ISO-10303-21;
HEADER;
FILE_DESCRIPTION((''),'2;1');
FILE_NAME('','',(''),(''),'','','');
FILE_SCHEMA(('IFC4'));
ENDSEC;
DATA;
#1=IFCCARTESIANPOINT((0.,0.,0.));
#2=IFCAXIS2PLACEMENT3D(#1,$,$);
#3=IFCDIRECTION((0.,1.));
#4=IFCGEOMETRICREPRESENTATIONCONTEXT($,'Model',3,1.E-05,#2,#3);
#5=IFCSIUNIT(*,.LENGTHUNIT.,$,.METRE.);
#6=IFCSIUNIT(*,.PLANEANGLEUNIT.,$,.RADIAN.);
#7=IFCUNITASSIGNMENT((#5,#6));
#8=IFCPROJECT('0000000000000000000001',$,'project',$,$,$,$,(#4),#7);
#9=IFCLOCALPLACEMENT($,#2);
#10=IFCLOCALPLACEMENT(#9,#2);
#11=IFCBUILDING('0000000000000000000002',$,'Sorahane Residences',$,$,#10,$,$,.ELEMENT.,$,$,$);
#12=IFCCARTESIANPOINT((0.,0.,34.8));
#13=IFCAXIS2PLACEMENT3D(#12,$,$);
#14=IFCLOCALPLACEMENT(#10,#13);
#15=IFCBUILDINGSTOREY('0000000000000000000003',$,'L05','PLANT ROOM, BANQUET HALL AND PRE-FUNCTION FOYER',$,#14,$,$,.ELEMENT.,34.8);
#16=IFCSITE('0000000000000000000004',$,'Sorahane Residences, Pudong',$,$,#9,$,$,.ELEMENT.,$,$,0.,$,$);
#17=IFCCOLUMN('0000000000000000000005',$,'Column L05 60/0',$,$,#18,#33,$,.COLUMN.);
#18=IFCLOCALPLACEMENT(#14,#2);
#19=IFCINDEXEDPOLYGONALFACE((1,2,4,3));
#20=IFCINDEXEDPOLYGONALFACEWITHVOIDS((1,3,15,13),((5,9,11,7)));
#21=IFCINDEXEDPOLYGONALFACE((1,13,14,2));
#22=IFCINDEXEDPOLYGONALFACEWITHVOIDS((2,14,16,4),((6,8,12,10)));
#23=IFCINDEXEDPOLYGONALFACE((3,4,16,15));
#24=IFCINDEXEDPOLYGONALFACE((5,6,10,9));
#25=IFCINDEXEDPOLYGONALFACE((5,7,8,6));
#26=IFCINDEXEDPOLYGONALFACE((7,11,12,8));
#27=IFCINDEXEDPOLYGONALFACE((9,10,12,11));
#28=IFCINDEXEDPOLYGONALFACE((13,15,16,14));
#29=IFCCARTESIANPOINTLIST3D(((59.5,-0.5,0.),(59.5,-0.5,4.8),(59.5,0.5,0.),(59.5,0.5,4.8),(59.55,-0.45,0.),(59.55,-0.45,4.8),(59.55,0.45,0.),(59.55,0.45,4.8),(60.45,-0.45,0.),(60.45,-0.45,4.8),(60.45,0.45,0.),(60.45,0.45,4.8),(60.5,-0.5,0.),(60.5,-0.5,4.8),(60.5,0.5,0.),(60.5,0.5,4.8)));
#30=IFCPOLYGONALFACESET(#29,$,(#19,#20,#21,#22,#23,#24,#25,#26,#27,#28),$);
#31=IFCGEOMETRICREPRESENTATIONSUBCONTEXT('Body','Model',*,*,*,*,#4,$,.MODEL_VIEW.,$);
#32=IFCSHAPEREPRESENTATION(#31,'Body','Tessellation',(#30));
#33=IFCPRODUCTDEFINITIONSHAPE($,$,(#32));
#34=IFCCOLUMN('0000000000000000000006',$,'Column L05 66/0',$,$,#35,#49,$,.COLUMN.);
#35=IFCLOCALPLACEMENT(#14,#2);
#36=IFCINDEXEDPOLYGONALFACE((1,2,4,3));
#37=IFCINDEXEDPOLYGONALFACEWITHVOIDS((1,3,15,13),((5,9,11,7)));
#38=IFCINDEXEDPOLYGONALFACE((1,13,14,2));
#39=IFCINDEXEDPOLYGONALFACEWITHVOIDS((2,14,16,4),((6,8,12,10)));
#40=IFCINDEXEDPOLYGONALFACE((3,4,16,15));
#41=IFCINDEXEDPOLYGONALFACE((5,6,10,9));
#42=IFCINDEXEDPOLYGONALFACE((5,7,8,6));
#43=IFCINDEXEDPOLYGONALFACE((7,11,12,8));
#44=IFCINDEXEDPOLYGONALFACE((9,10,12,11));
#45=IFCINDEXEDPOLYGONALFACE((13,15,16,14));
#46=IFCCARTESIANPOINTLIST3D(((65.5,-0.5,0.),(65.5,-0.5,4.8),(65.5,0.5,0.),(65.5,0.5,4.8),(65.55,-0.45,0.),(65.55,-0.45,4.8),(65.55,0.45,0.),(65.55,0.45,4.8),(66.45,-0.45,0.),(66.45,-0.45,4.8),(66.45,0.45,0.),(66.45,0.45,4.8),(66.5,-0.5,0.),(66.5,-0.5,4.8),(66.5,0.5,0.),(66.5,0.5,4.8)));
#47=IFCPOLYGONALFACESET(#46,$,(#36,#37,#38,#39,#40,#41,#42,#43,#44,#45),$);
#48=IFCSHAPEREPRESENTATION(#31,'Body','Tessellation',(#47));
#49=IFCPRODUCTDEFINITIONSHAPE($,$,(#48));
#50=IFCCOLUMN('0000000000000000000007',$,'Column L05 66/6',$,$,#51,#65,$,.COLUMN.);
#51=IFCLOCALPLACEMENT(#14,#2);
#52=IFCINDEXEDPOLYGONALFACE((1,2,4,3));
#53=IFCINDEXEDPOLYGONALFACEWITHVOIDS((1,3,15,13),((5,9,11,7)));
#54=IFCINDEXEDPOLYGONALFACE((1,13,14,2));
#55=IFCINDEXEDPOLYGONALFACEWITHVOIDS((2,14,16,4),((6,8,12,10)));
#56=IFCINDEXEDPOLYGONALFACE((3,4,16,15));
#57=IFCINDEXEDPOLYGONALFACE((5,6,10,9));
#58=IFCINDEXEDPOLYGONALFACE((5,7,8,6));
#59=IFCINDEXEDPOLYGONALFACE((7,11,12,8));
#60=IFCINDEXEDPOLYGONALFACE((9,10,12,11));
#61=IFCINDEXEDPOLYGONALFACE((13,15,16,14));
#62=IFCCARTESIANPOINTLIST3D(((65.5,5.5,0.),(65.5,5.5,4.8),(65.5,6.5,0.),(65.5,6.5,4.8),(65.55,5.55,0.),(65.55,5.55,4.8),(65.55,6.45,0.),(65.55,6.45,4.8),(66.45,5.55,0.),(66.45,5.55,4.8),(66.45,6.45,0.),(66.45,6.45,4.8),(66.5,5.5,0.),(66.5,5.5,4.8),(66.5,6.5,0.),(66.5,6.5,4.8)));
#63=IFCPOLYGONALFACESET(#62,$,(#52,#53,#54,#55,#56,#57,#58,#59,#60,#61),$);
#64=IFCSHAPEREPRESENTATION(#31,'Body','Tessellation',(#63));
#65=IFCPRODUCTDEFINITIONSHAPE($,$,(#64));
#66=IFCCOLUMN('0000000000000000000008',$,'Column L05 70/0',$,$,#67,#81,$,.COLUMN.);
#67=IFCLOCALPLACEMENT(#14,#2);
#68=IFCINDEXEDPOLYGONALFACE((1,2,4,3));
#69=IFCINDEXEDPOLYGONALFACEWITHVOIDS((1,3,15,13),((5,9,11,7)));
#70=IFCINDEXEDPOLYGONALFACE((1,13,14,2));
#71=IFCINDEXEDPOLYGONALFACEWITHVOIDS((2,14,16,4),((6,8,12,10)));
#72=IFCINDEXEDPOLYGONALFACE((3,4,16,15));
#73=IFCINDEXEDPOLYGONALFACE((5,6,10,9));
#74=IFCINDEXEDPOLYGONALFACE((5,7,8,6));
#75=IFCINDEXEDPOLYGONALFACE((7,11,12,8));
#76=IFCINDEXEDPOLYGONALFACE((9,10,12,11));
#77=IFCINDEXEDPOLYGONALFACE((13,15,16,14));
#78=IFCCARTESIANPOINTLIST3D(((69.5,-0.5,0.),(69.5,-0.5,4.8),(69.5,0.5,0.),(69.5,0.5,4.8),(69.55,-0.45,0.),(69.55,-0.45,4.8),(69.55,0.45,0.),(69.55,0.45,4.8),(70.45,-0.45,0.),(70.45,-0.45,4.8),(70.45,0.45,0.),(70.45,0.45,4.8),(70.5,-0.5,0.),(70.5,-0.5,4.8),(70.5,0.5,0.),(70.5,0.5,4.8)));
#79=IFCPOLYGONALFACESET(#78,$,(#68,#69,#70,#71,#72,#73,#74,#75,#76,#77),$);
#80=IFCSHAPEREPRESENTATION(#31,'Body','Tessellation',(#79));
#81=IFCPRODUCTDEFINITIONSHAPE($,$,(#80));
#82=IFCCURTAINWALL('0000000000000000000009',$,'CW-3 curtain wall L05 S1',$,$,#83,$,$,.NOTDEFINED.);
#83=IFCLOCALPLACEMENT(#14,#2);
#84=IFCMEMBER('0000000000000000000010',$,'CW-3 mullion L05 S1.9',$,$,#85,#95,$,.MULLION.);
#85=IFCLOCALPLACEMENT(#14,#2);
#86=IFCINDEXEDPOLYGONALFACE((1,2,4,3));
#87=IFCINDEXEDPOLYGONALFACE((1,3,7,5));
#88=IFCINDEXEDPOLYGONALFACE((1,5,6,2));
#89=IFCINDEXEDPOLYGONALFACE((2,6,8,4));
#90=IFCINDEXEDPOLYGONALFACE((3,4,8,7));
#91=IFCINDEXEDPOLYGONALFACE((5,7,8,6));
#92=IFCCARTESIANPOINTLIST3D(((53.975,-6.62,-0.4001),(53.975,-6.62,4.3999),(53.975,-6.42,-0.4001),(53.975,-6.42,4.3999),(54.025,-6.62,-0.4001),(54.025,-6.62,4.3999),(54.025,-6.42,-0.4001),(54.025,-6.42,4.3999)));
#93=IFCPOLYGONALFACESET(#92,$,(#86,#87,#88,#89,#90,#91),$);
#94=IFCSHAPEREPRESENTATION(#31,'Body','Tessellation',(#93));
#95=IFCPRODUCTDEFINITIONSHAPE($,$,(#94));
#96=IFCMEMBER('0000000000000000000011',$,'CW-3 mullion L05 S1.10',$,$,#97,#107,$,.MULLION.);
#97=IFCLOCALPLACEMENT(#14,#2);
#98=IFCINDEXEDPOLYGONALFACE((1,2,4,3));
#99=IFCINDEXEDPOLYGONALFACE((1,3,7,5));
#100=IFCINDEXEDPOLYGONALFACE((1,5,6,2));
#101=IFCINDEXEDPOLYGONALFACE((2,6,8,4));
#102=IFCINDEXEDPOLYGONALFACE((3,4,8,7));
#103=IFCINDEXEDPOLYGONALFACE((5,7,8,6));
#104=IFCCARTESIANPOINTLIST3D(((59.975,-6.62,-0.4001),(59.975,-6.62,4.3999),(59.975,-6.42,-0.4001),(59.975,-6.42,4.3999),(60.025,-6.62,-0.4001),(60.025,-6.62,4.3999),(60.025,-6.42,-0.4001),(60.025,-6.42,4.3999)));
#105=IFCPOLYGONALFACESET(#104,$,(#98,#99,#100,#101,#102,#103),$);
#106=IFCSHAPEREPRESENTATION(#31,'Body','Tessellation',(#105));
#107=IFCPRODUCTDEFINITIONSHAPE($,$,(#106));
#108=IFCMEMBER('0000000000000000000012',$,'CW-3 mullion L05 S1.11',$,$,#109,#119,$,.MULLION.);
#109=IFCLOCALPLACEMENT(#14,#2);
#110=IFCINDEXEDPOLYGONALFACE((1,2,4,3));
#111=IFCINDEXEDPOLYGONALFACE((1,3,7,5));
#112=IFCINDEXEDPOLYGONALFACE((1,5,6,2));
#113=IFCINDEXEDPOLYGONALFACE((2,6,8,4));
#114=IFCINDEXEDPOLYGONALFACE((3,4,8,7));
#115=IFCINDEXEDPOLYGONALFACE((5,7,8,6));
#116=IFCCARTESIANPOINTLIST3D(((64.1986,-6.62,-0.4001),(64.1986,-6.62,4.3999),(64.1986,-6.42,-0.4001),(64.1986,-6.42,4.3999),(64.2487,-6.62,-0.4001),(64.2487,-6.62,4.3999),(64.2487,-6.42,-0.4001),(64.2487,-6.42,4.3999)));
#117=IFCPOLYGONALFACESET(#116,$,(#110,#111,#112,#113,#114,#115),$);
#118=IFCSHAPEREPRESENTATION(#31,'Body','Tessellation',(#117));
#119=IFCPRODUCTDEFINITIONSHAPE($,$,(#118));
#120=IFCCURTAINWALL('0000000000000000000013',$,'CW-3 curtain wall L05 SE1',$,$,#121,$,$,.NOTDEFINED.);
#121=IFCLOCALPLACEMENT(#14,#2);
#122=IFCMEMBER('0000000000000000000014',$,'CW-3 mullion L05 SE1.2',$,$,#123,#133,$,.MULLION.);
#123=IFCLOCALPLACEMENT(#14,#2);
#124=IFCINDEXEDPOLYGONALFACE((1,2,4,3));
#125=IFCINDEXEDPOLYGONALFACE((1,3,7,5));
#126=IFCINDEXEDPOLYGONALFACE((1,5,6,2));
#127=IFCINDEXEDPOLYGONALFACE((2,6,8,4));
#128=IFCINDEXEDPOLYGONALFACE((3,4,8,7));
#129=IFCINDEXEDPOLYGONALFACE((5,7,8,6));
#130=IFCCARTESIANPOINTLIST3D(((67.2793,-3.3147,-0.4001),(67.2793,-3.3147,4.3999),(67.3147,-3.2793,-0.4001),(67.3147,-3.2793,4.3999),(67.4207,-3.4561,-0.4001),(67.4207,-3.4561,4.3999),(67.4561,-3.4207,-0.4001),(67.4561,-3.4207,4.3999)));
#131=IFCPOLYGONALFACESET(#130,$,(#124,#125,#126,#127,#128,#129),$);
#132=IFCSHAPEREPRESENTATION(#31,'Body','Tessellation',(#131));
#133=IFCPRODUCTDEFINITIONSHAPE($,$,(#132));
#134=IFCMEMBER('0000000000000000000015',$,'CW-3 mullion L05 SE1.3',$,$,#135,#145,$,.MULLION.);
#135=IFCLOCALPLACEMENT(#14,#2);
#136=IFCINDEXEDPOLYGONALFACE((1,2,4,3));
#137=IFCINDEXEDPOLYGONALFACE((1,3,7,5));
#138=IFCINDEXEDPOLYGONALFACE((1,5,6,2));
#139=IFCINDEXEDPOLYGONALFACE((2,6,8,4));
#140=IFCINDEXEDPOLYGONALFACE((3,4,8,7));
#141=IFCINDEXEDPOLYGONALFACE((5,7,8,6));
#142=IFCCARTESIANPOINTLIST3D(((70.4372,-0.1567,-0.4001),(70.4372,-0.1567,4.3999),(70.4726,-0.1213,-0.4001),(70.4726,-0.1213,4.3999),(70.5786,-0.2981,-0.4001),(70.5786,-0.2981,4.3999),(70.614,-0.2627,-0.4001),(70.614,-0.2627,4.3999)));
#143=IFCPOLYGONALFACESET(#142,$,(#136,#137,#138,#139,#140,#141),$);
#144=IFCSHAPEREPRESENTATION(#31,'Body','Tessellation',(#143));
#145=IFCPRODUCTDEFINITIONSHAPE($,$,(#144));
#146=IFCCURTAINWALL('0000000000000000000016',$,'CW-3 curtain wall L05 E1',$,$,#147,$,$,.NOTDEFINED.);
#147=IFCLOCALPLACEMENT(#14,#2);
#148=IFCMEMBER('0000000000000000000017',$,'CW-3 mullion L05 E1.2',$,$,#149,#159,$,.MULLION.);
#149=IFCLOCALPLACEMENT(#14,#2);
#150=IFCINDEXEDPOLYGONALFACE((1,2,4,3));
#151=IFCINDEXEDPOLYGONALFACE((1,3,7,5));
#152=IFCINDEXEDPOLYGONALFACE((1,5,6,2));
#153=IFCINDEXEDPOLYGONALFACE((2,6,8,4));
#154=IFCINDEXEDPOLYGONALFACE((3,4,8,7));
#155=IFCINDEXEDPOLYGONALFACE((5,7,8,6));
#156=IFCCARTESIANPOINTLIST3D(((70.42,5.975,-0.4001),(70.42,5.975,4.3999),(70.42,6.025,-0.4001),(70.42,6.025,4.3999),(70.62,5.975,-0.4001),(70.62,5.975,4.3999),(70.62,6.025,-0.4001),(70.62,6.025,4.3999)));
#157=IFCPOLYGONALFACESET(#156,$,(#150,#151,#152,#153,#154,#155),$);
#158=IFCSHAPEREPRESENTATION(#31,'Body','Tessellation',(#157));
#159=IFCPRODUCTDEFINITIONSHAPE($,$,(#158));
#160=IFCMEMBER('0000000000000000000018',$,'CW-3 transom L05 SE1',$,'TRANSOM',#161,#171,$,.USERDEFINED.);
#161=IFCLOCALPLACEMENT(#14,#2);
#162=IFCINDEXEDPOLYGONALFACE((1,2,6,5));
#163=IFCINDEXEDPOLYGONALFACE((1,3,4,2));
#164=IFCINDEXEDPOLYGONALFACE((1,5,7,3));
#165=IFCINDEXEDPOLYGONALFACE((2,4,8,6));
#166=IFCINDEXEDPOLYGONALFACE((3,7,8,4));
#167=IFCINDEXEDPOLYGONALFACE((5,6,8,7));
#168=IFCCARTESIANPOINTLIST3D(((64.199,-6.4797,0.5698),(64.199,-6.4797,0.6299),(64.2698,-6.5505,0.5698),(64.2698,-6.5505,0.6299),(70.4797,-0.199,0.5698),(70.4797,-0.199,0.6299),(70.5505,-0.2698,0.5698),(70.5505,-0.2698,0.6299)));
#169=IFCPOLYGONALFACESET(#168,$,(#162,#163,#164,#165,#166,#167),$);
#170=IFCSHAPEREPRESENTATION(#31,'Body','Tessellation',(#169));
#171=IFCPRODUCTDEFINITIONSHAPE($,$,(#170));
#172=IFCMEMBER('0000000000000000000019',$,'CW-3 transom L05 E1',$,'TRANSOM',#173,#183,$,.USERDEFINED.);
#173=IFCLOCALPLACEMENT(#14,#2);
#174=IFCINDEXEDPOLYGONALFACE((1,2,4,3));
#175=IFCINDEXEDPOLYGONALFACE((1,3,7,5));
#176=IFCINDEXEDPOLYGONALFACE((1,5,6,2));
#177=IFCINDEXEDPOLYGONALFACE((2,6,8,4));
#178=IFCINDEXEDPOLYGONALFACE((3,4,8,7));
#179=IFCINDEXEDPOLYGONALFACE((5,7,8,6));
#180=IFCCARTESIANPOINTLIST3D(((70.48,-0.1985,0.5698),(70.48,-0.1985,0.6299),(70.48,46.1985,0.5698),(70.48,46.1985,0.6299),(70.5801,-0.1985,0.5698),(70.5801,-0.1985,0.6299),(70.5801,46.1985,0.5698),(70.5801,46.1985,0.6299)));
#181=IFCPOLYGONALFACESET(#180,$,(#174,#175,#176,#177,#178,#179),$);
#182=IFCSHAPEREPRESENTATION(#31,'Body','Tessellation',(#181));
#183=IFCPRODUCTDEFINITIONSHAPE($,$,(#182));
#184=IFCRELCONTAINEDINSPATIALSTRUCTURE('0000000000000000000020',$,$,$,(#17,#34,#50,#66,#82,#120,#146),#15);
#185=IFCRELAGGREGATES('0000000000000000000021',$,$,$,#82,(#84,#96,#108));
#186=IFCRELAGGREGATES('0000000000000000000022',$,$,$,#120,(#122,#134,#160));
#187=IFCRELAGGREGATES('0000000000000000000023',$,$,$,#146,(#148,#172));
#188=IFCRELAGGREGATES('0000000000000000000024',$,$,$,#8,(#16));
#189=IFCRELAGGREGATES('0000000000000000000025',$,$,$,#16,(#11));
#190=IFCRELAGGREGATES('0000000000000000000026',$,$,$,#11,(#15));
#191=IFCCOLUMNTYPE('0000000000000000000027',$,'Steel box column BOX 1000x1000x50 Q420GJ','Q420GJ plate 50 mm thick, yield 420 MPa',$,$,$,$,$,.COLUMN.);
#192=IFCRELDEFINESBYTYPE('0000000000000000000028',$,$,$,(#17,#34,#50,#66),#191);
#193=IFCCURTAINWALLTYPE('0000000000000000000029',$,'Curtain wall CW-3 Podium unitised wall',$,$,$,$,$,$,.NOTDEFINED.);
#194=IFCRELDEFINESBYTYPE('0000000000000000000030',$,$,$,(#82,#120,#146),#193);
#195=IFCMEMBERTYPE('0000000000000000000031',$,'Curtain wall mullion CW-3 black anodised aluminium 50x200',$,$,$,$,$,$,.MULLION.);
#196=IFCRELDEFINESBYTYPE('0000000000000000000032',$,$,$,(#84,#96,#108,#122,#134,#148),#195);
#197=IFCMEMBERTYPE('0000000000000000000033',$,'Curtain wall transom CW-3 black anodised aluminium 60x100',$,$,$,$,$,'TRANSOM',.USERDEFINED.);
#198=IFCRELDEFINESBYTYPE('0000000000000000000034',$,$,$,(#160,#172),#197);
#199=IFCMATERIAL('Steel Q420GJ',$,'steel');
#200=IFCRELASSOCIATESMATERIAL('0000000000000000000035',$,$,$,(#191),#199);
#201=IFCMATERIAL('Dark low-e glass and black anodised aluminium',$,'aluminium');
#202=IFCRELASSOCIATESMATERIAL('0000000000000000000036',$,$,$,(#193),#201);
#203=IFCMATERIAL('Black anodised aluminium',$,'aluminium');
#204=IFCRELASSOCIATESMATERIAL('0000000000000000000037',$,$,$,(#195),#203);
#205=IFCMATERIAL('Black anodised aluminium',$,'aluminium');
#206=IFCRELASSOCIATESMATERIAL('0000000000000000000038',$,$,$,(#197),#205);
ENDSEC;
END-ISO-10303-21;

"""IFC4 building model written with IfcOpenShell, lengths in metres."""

from ifc_helpers import new_model, si_unit, direction, frame, origin, origin_2d, place, context, subcontext, project, spatial, rectangle, hollow_rectangle, extrude, material, material_profile, profile_set, type_object, element, aggregate, save


model = new_model("IFC4")

# Units and contexts
model_context = context("Model", 3, precision=1e-05, world=origin(), true_north=direction((0.0, 1.0)))
body_context = subcontext(model_context, "Body", "Model", "MODEL_VIEW")
ifc_project = project(units=[si_unit("LENGTHUNIT", "METRE"), si_unit("PLANEANGLEUNIT", "RADIAN")], contexts=[model_context])

# Site, building, storey
site_placement = place(None, origin())
site = spatial("IfcSite", under=ifc_project, at=site_placement, Name="Sorahane Residences, Pudong", CompositionType="ELEMENT", RefElevation=0.0)
building_placement = place(site_placement, origin())
building = spatial("IfcBuilding", under=site, at=building_placement, Name="Sorahane Residences", CompositionType="ELEMENT")
storey_placement = place(building_placement, frame((0.0, 0.0, 34.8)))
storey = spatial("IfcBuildingStorey", under=building, at=storey_placement, Name="L05", Description="PLANT ROOM, BANQUET HALL AND PRE-FUNCTION FOYER", CompositionType="ELEMENT", Elevation=34.8)

# Columns
ifc_material_1 = material(Name="Steel Q420GJ", Category="steel")
ifc_material_profile_1 = material_profile(ifc_material_1, hollow_rectangle(XDim=1.0, YDim=1.0, WallThickness=0.05, at=origin_2d()), Name="BOX 1000x1000x50")
ifc_profile_set_1 = profile_set([ifc_material_profile_1], Name="Steel Q420GJ")
column_type = type_object("IfcColumnType", Name="Steel box column BOX 1000x1000x50 Q420GJ", Description="Q420GJ plate 50 mm thick, yield 420 MPa", PredefinedType="COLUMN", material=ifc_profile_set_1)
for number, where, z_axis, x_axis, name in (
    (1, (60.0, 0.0, 0.0), (0.0, 0.0, 1.0), (1.0, 0.0, 0.0), "Column L05 60/0"),
    (2, (66.0, 0.0, 0.0), (0.0, 0.0, 1.0), (1.0, 0.0, 0.0), "Column L05 66/0"),
    (3, (66.0, 6.0, 0.0), (0.0, 0.0, 1.0), (1.0, 0.0, 0.0), "Column L05 66/6"),
    (4, (70.0, 0.0, 0.0), (0.0, 0.0, 1.0), (1.0, 0.0, 0.0), "Column L05 70/0"),
):
    element("IfcColumn", number, at=place(storey_placement, frame(where, z_axis=z_axis, x_axis=x_axis)), inside=storey, type_object=column_type, Name=name, PredefinedType="COLUMN", context=body_context, shape_type="SweptSolid", body=[
        extrude(hollow_rectangle(XDim=1.0, YDim=1.0, WallThickness=0.05, at=origin_2d()), origin(), (0.0, 0.0, 1.0), 4.8),
    ])

# Curtain walls, members
ifc_material_2 = material(Name="Dark low-e glass and black anodised aluminium", Category="aluminium")
curtain_wall_type = type_object("IfcCurtainWallType", Name="Curtain wall CW-3 Podium unitised wall", PredefinedType="NOTDEFINED", material=ifc_material_2)
curtain_wall_1_placement = place(storey_placement, origin())
curtain_wall_1 = element("IfcCurtainWall", 5, at=curtain_wall_1_placement, inside=storey, type_object=curtain_wall_type, Name="CW-3 curtain wall L05 S1", PredefinedType="NOTDEFINED")
ifc_material_3 = material(Name="Black anodised aluminium", Category="aluminium")
ifc_material_profile_2 = material_profile(ifc_material_3, rectangle(XDim=0.2, YDim=0.05, at=origin_2d()), Name="Curtain wall mullion CW-3 black anodised aluminium 50x200")
ifc_profile_set_2 = profile_set([ifc_material_profile_2], Name="Black anodised aluminium")
member_type_1 = type_object("IfcMemberType", Name="Curtain wall mullion CW-3 black anodised aluminium 50x200", PredefinedType="MULLION", material=ifc_profile_set_2)
member_1_placement = place(storey_placement, frame((54.0, -6.52, -0.4001), z_axis=(0.0, 0.0, 1.0), x_axis=(0.0, -1.0, 0.0)))
member_1 = element("IfcMember", 6, at=member_1_placement, type_object=member_type_1, Name="CW-3 mullion L05 S1.9", PredefinedType="MULLION", context=body_context, shape_type="SweptSolid", body=[
    extrude(rectangle(XDim=0.2, YDim=0.05, at=origin_2d()), origin(), (0.0, 0.0, 1.0), 4.8),
])
member_2_placement = place(storey_placement, frame((60.0, -6.52, -0.4001), z_axis=(0.0, 0.0, 1.0), x_axis=(0.0, -1.0, 0.0)))
member_2 = element("IfcMember", 7, at=member_2_placement, type_object=member_type_1, Name="CW-3 mullion L05 S1.10", PredefinedType="MULLION", context=body_context, shape_type="SweptSolid", body=[
    extrude(rectangle(XDim=0.2, YDim=0.05, at=origin_2d()), origin(), (0.0, 0.0, 1.0), 4.8),
])
member_3_placement = place(storey_placement, frame((64.2236, -6.52, -0.4001), z_axis=(0.0, 0.0, 1.0), x_axis=(0.0, -1.0, 0.0)))
member_3 = element("IfcMember", 8, at=member_3_placement, type_object=member_type_1, Name="CW-3 mullion L05 S1.11", PredefinedType="MULLION", context=body_context, shape_type="SweptSolid", body=[
    extrude(rectangle(XDim=0.2, YDim=0.05, at=origin_2d()), origin(), (0.0, 0.0, 1.0), 4.8),
])
curtain_wall_2_placement = place(storey_placement, origin())
curtain_wall_2 = element("IfcCurtainWall", 9, at=curtain_wall_2_placement, inside=storey, type_object=curtain_wall_type, Name="CW-3 curtain wall L05 SE1", PredefinedType="NOTDEFINED")
member_4_placement = place(storey_placement, frame((67.3677, -3.3677, -0.4001), z_axis=(0.0, 0.0, 1.0), x_axis=(0.707107, -0.707107, 0.0)))
member_4 = element("IfcMember", 10, at=member_4_placement, type_object=member_type_1, Name="CW-3 mullion L05 SE1.2", PredefinedType="MULLION", context=body_context, shape_type="SweptSolid", body=[
    extrude(rectangle(XDim=0.2, YDim=0.05, at=origin_2d()), origin(), (0.0, 0.0, 1.0), 4.8),
])
member_5_placement = place(storey_placement, frame((70.5256, -0.2097, -0.4001), z_axis=(0.0, 0.0, 1.0), x_axis=(0.707107, -0.707107, 0.0)))
member_5 = element("IfcMember", 11, at=member_5_placement, type_object=member_type_1, Name="CW-3 mullion L05 SE1.3", PredefinedType="MULLION", context=body_context, shape_type="SweptSolid", body=[
    extrude(rectangle(XDim=0.2, YDim=0.05, at=origin_2d()), origin(), (0.0, 0.0, 1.0), 4.8),
])

# Curtain wall, member
curtain_wall_3_placement = place(storey_placement, origin())
curtain_wall_3 = element("IfcCurtainWall", 12, at=curtain_wall_3_placement, inside=storey, type_object=curtain_wall_type, Name="CW-3 curtain wall L05 E1", PredefinedType="NOTDEFINED")
member_6_placement = place(storey_placement, frame((70.52, 6.0, -0.4001), z_axis=(0.0, 0.0, 1.0), x_axis=(1.0, 0.0, 0.0)))
member_6 = element("IfcMember", 13, at=member_6_placement, type_object=member_type_1, Name="CW-3 mullion L05 E1.2", PredefinedType="MULLION", context=body_context, shape_type="SweptSolid", body=[
    extrude(rectangle(XDim=0.2, YDim=0.05, at=origin_2d()), origin(), (0.0, 0.0, 1.0), 4.8),
])

# Members
ifc_material_4 = material(Name="Black anodised aluminium", Category="aluminium")
ifc_material_profile_3 = material_profile(ifc_material_4, rectangle(XDim=0.1001, YDim=0.0601, at=origin_2d()), Name="Curtain wall transom CW-3 black anodised aluminium 60x100")
ifc_profile_set_3 = profile_set([ifc_material_profile_3], Name="Black anodised aluminium")
member_type_2 = type_object("IfcMemberType", Name="Curtain wall transom CW-3 black anodised aluminium 60x100", ElementType="TRANSOM", PredefinedType="USERDEFINED", material=ifc_profile_set_3)
member_7_placement = place(storey_placement, frame((64.2344, -6.5151, 0.5999), z_axis=(0.707107, 0.707107, 0.0), x_axis=(-0.707107, 0.707107, 0.0)))
member_7 = element("IfcMember", 14, at=member_7_placement, type_object=member_type_2, Name="CW-3 transom L05 SE1", ObjectType="TRANSOM", PredefinedType="USERDEFINED", context=body_context, shape_type="SweptSolid", body=[
    extrude(rectangle(XDim=0.1001, YDim=0.0601, at=origin_2d()), origin(), (0.0, 0.0, 1.0), 8.8823),
])
member_8_placement = place(storey_placement, frame((70.53, -0.1985, 0.5999), z_axis=(0.0, 1.0, 0.0), x_axis=(-1.0, 0.0, 0.0)))
member_8 = element("IfcMember", 15, at=member_8_placement, type_object=member_type_2, Name="CW-3 transom L05 E1", ObjectType="TRANSOM", PredefinedType="USERDEFINED", context=body_context, shape_type="SweptSolid", body=[
    extrude(rectangle(XDim=0.1001, YDim=0.0601, at=origin_2d()), origin(), (0.0, 0.0, 1.0), 46.397),
])

aggregate(curtain_wall_1, [member_1, member_2, member_3])
aggregate(curtain_wall_2, [member_4, member_5, member_7])
aggregate(curtain_wall_3, [member_6, member_8])

save(model, "model.ifc")
